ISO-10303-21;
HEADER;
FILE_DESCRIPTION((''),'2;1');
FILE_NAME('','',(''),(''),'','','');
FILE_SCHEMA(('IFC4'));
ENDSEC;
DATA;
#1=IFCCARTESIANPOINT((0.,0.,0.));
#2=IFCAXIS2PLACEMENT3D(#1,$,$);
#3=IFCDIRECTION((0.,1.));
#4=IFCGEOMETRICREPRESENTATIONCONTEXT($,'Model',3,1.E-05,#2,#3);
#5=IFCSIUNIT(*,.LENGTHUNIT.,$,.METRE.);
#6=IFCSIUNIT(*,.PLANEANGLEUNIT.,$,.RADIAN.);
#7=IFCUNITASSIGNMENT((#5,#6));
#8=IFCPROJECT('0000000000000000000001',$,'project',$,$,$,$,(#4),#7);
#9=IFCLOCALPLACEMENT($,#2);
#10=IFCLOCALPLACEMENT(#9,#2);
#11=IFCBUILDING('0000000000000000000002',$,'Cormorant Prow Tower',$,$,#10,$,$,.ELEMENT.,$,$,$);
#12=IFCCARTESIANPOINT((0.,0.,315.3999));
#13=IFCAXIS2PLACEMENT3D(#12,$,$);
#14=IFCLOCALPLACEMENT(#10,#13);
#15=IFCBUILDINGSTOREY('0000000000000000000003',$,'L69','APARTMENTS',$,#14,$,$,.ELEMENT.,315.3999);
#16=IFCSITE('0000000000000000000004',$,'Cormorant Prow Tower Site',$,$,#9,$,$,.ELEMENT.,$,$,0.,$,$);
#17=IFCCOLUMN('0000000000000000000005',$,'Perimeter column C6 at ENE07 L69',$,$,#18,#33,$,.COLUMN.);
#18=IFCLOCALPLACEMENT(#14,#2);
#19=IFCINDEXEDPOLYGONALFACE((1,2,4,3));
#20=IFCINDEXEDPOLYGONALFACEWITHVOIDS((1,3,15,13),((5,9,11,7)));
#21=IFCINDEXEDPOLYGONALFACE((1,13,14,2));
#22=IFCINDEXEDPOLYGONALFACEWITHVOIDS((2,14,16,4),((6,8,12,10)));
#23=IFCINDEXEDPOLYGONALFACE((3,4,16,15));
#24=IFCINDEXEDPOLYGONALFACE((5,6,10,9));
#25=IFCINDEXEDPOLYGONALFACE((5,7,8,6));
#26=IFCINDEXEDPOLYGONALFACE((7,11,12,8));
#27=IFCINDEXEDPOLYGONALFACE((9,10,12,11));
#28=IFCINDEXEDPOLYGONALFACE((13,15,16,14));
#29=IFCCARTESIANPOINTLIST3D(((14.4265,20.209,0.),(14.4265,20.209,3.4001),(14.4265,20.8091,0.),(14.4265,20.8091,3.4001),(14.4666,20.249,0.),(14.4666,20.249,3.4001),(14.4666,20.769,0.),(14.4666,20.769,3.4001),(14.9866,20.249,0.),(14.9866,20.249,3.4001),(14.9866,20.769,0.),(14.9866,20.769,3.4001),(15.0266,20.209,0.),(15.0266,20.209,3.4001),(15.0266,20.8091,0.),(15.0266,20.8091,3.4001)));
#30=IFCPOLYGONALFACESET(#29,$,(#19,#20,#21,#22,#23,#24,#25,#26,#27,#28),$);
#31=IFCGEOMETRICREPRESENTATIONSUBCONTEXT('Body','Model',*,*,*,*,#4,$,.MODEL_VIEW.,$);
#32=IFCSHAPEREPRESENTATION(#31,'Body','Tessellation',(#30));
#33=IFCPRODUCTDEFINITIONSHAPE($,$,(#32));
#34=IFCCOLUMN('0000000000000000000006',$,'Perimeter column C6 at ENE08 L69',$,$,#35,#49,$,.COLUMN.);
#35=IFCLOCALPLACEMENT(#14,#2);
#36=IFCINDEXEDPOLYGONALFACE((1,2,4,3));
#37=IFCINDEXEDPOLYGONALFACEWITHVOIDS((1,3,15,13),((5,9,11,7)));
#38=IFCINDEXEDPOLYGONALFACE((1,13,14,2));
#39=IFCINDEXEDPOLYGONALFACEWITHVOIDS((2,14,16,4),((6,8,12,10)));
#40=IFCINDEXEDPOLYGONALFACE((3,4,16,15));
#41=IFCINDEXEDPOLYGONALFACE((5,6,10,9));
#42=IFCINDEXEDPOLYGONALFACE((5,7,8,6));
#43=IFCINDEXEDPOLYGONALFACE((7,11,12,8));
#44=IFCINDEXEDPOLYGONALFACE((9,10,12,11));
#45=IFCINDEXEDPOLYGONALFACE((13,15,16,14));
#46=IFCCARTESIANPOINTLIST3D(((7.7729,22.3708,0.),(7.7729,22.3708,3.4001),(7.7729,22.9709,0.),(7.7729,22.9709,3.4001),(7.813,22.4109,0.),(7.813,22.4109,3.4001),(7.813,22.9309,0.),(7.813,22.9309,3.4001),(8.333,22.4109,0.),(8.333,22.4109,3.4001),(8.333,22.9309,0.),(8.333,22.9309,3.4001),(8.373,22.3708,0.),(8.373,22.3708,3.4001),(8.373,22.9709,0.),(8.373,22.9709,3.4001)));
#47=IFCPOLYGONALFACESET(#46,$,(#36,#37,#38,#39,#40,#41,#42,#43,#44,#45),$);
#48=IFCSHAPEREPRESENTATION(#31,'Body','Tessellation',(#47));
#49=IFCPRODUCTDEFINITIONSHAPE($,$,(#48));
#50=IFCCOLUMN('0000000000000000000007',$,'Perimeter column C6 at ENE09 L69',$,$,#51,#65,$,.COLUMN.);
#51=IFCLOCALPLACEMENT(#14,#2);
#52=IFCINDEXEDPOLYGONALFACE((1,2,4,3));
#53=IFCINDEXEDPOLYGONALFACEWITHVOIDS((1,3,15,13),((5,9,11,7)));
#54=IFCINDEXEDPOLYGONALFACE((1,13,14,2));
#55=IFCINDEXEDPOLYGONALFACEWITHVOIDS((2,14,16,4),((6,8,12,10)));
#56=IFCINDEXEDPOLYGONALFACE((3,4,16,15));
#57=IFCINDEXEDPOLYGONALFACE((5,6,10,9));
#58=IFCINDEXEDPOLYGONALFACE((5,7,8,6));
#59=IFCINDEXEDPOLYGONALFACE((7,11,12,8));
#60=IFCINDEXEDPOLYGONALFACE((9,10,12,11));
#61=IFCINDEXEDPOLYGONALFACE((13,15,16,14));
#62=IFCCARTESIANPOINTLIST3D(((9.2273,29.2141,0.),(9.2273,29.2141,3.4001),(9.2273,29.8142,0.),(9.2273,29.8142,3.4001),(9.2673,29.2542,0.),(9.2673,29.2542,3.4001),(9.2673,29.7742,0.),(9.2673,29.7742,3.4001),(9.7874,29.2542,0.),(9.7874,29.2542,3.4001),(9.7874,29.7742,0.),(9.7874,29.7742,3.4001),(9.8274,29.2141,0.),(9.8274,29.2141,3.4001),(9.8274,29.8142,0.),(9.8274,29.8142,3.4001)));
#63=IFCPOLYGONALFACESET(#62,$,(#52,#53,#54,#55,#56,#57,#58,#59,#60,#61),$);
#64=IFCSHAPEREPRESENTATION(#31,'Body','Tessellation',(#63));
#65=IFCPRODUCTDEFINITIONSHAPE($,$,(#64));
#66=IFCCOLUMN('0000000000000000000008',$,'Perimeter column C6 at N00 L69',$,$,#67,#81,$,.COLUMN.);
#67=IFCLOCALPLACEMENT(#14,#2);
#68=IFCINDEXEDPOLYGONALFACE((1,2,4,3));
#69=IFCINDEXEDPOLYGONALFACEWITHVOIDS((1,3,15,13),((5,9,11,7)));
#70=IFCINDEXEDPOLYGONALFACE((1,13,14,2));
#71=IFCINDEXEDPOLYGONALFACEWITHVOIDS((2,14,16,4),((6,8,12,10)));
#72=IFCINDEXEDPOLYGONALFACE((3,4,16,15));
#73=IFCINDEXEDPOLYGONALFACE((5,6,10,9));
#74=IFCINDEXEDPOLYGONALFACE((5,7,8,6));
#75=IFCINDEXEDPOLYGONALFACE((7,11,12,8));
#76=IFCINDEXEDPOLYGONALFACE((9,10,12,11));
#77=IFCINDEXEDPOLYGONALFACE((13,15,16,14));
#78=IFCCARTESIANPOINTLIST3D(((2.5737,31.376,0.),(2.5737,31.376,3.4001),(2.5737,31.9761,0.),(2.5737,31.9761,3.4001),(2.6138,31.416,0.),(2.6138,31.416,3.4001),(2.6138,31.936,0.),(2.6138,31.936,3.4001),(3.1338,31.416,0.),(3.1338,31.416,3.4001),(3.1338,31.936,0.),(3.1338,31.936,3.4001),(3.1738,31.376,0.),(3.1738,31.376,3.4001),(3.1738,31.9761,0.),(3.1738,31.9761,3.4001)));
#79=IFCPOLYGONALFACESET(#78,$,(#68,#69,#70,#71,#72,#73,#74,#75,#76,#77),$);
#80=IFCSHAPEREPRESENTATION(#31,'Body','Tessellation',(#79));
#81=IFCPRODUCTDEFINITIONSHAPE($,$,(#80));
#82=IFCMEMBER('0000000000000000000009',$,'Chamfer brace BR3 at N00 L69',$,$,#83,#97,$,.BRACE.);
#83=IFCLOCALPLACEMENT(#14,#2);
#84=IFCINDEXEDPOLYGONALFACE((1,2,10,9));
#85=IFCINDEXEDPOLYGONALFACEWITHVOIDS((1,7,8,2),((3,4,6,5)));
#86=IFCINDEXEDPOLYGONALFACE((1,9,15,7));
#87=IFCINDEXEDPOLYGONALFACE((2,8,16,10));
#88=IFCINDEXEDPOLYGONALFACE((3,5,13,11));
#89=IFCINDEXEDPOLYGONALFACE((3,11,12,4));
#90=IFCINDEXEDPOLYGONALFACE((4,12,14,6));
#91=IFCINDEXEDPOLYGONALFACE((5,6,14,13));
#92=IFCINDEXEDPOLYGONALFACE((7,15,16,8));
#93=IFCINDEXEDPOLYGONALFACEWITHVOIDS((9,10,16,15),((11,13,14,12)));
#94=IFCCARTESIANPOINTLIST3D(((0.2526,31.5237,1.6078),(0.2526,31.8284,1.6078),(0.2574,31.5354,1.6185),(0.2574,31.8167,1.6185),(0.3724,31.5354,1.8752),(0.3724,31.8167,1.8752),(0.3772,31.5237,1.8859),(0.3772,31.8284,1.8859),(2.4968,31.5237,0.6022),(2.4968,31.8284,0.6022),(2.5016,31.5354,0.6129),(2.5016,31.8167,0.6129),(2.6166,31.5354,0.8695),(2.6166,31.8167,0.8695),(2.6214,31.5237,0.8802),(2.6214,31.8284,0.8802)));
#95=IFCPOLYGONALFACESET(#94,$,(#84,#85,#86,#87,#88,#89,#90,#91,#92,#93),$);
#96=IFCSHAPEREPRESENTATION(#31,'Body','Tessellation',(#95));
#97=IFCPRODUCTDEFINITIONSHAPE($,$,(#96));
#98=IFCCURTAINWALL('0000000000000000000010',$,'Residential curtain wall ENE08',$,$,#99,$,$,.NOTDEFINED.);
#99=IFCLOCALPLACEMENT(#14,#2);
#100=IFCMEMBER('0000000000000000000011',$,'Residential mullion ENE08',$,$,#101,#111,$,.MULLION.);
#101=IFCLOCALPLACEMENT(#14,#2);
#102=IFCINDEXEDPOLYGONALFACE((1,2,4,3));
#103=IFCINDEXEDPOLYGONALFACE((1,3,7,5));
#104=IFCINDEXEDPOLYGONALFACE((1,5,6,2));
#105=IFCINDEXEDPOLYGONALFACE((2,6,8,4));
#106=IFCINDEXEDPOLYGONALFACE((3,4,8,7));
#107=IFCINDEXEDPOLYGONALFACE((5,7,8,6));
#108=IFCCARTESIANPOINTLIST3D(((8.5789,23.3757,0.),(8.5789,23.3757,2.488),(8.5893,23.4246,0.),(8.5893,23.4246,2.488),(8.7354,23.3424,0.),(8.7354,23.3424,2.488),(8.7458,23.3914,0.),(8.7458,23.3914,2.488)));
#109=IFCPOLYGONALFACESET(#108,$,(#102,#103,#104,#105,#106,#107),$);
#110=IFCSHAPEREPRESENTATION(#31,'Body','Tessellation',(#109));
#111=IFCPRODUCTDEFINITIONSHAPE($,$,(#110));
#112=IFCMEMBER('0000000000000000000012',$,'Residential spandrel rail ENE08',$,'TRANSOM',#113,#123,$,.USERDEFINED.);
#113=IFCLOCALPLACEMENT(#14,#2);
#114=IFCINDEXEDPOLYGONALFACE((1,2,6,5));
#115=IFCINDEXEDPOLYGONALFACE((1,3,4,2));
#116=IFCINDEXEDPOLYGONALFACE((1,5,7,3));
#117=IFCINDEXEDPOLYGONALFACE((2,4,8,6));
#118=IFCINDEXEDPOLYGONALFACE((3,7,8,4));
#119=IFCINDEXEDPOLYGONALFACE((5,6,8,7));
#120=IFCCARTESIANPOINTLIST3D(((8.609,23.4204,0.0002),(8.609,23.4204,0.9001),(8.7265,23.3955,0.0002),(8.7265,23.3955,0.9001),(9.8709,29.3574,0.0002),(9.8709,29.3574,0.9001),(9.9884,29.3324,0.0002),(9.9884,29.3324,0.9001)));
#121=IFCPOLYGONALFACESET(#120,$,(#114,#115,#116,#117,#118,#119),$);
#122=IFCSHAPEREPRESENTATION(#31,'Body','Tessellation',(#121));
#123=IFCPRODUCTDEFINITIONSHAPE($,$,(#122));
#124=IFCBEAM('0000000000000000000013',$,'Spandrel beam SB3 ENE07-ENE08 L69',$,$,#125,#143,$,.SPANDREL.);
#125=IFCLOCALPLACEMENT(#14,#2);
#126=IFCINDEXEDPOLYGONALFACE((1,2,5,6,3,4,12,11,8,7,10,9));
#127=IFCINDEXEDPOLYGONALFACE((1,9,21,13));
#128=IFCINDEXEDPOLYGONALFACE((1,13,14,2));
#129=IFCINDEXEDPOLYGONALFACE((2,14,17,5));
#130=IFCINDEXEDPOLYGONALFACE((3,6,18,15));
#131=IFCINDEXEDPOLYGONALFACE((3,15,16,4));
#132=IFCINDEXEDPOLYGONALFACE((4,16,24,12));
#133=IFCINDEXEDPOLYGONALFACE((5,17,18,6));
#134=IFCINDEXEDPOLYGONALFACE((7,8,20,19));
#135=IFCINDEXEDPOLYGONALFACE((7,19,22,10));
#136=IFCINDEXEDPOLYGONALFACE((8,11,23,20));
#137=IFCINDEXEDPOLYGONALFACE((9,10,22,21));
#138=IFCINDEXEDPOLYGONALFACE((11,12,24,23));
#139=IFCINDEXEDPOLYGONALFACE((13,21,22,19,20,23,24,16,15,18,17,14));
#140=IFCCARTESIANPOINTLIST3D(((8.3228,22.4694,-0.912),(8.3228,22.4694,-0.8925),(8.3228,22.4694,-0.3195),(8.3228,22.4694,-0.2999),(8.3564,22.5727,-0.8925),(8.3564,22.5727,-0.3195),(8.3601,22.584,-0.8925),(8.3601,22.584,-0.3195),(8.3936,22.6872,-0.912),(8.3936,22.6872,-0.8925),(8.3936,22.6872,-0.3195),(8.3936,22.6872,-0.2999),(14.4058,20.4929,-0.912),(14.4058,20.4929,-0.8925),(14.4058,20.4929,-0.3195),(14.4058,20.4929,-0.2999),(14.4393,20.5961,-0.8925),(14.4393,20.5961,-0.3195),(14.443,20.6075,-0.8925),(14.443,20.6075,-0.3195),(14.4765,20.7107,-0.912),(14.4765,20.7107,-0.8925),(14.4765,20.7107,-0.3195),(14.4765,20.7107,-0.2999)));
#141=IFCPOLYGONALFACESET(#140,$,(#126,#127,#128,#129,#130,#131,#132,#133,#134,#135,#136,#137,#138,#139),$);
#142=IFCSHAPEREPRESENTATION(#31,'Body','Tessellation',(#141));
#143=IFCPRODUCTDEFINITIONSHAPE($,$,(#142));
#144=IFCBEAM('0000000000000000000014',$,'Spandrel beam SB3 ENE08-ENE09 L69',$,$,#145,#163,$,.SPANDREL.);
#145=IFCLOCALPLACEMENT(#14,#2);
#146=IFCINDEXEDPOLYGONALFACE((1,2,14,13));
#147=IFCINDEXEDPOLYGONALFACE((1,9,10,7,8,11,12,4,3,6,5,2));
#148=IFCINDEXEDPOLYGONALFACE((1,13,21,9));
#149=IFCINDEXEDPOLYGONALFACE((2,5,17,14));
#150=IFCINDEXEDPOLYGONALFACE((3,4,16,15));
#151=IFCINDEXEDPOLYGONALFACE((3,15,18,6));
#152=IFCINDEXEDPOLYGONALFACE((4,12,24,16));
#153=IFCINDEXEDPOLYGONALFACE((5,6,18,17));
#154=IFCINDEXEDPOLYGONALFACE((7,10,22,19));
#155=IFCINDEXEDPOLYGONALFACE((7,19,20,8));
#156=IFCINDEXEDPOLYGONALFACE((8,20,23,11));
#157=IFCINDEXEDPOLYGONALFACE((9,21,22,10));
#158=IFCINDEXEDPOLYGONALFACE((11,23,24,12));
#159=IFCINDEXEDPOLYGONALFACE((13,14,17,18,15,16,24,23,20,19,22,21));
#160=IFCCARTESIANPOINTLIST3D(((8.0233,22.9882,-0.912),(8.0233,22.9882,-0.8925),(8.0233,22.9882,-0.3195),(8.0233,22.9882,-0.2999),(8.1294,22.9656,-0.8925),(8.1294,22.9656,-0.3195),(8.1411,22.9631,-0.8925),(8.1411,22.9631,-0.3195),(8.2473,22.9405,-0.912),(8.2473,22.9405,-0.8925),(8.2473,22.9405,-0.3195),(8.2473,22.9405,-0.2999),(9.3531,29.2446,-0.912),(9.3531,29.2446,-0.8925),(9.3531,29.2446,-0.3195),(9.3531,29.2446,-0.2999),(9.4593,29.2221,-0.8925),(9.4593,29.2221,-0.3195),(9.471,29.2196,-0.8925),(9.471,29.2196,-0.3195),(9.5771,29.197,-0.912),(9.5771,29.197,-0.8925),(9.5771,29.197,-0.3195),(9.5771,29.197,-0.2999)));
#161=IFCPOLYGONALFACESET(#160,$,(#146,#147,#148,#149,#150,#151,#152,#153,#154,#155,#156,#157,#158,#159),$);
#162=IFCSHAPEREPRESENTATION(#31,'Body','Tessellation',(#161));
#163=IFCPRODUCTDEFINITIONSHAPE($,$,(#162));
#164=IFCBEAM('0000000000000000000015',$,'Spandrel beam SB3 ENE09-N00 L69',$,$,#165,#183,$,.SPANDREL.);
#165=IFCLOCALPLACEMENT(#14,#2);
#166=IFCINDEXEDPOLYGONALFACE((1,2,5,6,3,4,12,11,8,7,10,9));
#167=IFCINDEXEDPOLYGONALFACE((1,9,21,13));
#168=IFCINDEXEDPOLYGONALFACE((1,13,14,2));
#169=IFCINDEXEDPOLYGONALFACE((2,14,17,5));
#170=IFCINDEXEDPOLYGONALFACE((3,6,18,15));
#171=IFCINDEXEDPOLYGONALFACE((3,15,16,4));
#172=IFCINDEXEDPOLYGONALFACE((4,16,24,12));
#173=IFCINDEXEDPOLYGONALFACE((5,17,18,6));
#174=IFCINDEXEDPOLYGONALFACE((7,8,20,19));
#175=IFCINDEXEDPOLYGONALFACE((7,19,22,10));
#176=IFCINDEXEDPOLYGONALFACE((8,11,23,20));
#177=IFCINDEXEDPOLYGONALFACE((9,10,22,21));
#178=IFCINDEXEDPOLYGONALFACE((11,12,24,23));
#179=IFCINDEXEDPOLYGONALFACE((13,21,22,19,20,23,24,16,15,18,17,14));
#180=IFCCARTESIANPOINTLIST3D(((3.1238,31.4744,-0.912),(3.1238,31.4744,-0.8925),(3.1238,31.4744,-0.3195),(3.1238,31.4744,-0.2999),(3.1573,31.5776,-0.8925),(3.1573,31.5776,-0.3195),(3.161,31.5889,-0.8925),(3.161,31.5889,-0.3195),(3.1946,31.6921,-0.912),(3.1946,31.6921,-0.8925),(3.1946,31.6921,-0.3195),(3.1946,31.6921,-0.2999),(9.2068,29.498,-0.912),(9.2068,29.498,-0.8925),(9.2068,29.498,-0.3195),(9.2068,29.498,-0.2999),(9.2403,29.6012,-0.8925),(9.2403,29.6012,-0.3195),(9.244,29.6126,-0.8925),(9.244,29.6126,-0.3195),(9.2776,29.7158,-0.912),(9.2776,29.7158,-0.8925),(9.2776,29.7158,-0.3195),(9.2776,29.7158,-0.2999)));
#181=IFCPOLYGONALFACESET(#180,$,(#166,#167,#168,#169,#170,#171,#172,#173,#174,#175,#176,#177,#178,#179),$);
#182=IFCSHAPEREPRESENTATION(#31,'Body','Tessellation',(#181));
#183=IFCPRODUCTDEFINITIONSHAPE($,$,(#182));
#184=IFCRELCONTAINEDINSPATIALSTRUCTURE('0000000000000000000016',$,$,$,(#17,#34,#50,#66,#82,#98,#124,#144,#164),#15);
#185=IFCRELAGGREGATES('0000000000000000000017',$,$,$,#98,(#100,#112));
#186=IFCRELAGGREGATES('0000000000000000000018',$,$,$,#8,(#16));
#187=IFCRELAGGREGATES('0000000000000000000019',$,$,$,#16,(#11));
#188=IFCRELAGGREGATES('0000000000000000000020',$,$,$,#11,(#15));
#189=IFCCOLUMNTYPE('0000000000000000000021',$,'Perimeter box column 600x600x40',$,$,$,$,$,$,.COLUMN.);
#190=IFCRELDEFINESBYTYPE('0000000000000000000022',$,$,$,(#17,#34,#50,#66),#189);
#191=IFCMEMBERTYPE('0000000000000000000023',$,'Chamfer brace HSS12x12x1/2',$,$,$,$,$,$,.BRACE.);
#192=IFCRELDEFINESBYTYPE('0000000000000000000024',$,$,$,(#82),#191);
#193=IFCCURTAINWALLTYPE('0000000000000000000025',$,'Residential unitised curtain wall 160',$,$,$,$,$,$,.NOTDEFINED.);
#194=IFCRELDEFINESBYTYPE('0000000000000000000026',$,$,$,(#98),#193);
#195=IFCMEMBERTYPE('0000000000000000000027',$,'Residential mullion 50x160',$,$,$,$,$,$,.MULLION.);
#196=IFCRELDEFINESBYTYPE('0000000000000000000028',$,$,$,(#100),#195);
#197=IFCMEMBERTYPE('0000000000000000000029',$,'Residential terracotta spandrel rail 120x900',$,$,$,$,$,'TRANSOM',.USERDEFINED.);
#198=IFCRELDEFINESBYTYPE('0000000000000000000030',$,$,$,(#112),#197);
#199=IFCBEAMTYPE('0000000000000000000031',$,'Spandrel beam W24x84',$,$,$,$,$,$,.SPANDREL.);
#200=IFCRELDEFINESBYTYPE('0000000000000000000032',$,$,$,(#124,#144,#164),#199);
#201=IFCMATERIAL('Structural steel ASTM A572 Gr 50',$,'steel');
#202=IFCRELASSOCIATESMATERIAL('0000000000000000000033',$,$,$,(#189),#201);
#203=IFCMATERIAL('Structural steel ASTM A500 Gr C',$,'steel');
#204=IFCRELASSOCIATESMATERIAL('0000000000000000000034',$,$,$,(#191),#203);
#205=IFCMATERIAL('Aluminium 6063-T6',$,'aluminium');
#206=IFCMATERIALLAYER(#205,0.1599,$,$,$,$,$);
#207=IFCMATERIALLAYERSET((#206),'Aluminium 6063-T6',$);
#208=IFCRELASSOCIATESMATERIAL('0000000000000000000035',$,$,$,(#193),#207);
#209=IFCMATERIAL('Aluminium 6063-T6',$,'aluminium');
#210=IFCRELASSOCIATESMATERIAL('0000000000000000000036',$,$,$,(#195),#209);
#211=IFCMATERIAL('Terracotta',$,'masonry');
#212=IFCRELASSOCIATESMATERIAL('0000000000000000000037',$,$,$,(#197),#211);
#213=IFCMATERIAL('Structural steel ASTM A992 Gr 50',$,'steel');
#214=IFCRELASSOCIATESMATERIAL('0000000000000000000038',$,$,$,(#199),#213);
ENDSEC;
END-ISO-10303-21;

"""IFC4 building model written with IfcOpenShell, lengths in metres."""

from ifc_helpers import new_model, si_unit, direction, frame, origin, origin_2d, place, context, subcontext, project, spatial, rectangle, hollow_rectangle, i_section, extrude, material, layer, layer_set, material_profile, profile_set, type_object, element, aggregate, save


model = new_model("IFC4")

# Units and contexts
model_context = context("Model", 3, precision=1e-05, world=origin(), true_north=direction((0.0, 1.0)))
body_context = subcontext(model_context, "Body", "Model", "MODEL_VIEW")
ifc_project = project(units=[si_unit("LENGTHUNIT", "METRE"), si_unit("PLANEANGLEUNIT", "RADIAN")], contexts=[model_context])

# Site, building, storey
site_placement = place(None, origin())
site = spatial("IfcSite", under=ifc_project, at=site_placement, Name="Cormorant Prow Tower Site", CompositionType="ELEMENT", RefElevation=0.0)
building_placement = place(site_placement, origin())
building = spatial("IfcBuilding", under=site, at=building_placement, Name="Cormorant Prow Tower", CompositionType="ELEMENT")
storey_placement = place(building_placement, frame((0.0, 0.0, 315.3999)))
storey = spatial("IfcBuildingStorey", under=building, at=storey_placement, Name="L69", Description="APARTMENTS", CompositionType="ELEMENT", Elevation=315.3999)

# Columns
ifc_material_1 = material(Name="Structural steel ASTM A572 Gr 50", Category="steel")
ifc_material_profile_1 = material_profile(ifc_material_1, hollow_rectangle(XDim=0.6001, YDim=0.6001, WallThickness=0.04, at=origin_2d()), Name="Box 600x600x40")
ifc_profile_set_1 = profile_set([ifc_material_profile_1], Name="Structural steel ASTM A572 Gr 50")
column_type = type_object("IfcColumnType", Name="Perimeter box column 600x600x40", PredefinedType="COLUMN", material=ifc_profile_set_1)
for number, where, z_axis, x_axis, name in (
    (1, (14.7266, 20.509, 0.0), (0.0, 0.0, 1.0), (1.0, 0.0, 0.0), "Perimeter column C6 at ENE07 L69"),
    (2, (8.073, 22.6709, 0.0), (0.0, 0.0, 1.0), (1.0, 0.0, 0.0), "Perimeter column C6 at ENE08 L69"),
    (3, (9.5273, 29.5142, 0.0), (0.0, 0.0, 1.0), (1.0, 0.0, 0.0), "Perimeter column C6 at ENE09 L69"),
    (4, (2.8738, 31.676, 0.0), (0.0, 0.0, 1.0), (1.0, 0.0, 0.0), "Perimeter column C6 at N00 L69"),
):
    element("IfcColumn", number, at=place(storey_placement, frame(where, z_axis=z_axis, x_axis=x_axis)), inside=storey, type_object=column_type, Name=name, PredefinedType="COLUMN", context=body_context, shape_type="SweptSolid", body=[
        extrude(hollow_rectangle(XDim=0.6001, YDim=0.6001, WallThickness=0.04, at=origin_2d()), origin(), (0.0, 0.0, 1.0), 3.4001),
    ])

# Member
ifc_material_2 = material(Name="Structural steel ASTM A500 Gr C", Category="steel")
ifc_material_profile_2 = material_profile(ifc_material_2, hollow_rectangle(XDim=0.3047, YDim=0.3047, WallThickness=0.0117, at=origin_2d()), Name="HSS12x12x1/2")
ifc_profile_set_2 = profile_set([ifc_material_profile_2], Name="Structural steel ASTM A500 Gr C")
member_type_1 = type_object("IfcMemberType", Name="Chamfer brace HSS12x12x1/2", PredefinedType="BRACE", material=ifc_profile_set_2)
member_1_placement = place(storey_placement, frame((2.5591, 31.676, 0.7412), z_axis=(-0.912567, 0.0, 0.408928), x_axis=(0.0, -1.0, 0.0)))
element("IfcMember", 5, at=member_1_placement, inside=storey, type_object=member_type_1, Name="Chamfer brace BR3 at N00 L69", PredefinedType="BRACE", context=body_context, shape_type="SweptSolid", body=[
    extrude(hollow_rectangle(XDim=0.3047, YDim=0.3047, WallThickness=0.0117, at=origin_2d()), origin(), (0.0, 0.0, 1.0), 2.4592),
])

# Curtain wall, members
ifc_material_3 = material(Name="Aluminium 6063-T6", Category="aluminium")
ifc_layer_1 = layer(ifc_material_3, 0.1599)
ifc_layer_set_1 = layer_set([ifc_layer_1], Name="Aluminium 6063-T6")
curtain_wall_type = type_object("IfcCurtainWallType", Name="Residential unitised curtain wall 160", PredefinedType="NOTDEFINED", material=ifc_layer_set_1)
curtain_wall_1_placement = place(storey_placement, origin())
curtain_wall_1 = element("IfcCurtainWall", 6, at=curtain_wall_1_placement, inside=storey, type_object=curtain_wall_type, Name="Residential curtain wall ENE08", PredefinedType="NOTDEFINED")
ifc_material_4 = material(Name="Aluminium 6063-T6", Category="aluminium")
ifc_material_profile_3 = material_profile(ifc_material_4, rectangle(XDim=0.1599, YDim=0.05, at=origin_2d()), Name="Residential mullion 50x160")
ifc_profile_set_3 = profile_set([ifc_material_profile_3], Name="Aluminium 6063-T6")
member_type_2 = type_object("IfcMemberType", Name="Residential mullion 50x160", PredefinedType="MULLION", material=ifc_profile_set_3)
member_2_placement = place(storey_placement, frame((8.6624, 23.3835, 0.0), z_axis=(0.0, 0.0, 1.0), x_axis=(-0.978148, 0.207912, 0.0)))
member_2 = element("IfcMember", 7, at=member_2_placement, type_object=member_type_2, Name="Residential mullion ENE08", PredefinedType="MULLION", context=body_context, shape_type="SweptSolid", body=[
    extrude(rectangle(XDim=0.1599, YDim=0.05, at=origin_2d()), origin(), (0.0, 0.0, 1.0), 2.488),
])
ifc_material_5 = material(Name="Terracotta", Category="masonry")
ifc_material_profile_4 = material_profile(ifc_material_5, rectangle(XDim=0.1201, YDim=0.8999, at=origin_2d()), Name="Residential terracotta spandrel rail 120x900")
ifc_profile_set_4 = profile_set([ifc_material_profile_4], Name="Terracotta")
member_type_3 = type_object("IfcMemberType", Name="Residential terracotta spandrel rail 120x900", ElementType="TRANSOM", PredefinedType="USERDEFINED", material=ifc_profile_set_4)
member_3_placement = place(storey_placement, frame((8.6677, 23.408, 0.4502), z_axis=(0.207914, 0.978147, 0.0), x_axis=(-0.978147, 0.207914, 0.0)))
member_3 = element("IfcMember", 8, at=member_3_placement, type_object=member_type_3, Name="Residential spandrel rail ENE08", ObjectType="TRANSOM", PredefinedType="USERDEFINED", context=body_context, shape_type="SweptSolid", body=[
    extrude(rectangle(XDim=0.1201, YDim=0.8999, at=origin_2d()), origin(), (0.0, 0.0, 1.0), 6.0696),
])

# Beams
ifc_material_6 = material(Name="Structural steel ASTM A992 Gr 50", Category="steel")
ifc_material_profile_5 = material_profile(ifc_material_6, i_section(OverallWidth=0.229, OverallDepth=0.6121, WebThickness=0.012, FlangeThickness=0.0195, at=origin_2d()), Name="W24x84")
ifc_profile_set_5 = profile_set([ifc_material_profile_5], Name="Structural steel ASTM A992 Gr 50")
beam_type = type_object("IfcBeamType", Name="Spandrel beam W24x84", PredefinedType="SPANDREL", material=ifc_profile_set_5)
beam_1_placement = place(storey_placement, frame((14.4412, 20.6018, -0.606), z_axis=(-0.951053, 0.309027, 0.0), x_axis=(-0.309027, -0.951053, 0.0)))
element("IfcBeam", 9, at=beam_1_placement, inside=storey, type_object=beam_type, Name="Spandrel beam SB3 ENE07-ENE08 L69", PredefinedType="SPANDREL", context=body_context, shape_type="SweptSolid", body=[
    extrude(i_section(OverallWidth=0.229, OverallDepth=0.6121, WebThickness=0.012, FlangeThickness=0.0195, at=origin_2d()), origin(), (0.0, 0.0, 1.0), 6.396),
])
beam_2_placement = place(storey_placement, frame((8.1353, 22.9644, -0.606), z_axis=(0.207913, 0.978147, 0.0), x_axis=(-0.978147, 0.207913, 0.0)))
element("IfcBeam", 10, at=beam_2_placement, inside=storey, type_object=beam_type, Name="Spandrel beam SB3 ENE08-ENE09 L69", PredefinedType="SPANDREL", context=body_context, shape_type="SweptSolid", body=[
    extrude(i_section(OverallWidth=0.229, OverallDepth=0.6121, WebThickness=0.012, FlangeThickness=0.0195, at=origin_2d()), origin(), (0.0, 0.0, 1.0), 6.3962),
])
beam_3_placement = place(storey_placement, frame((9.2422, 29.6069, -0.606), z_axis=(-0.951064, 0.308993, 0.0), x_axis=(-0.308993, -0.951064, 0.0)))
element("IfcBeam", 11, at=beam_3_placement, inside=storey, type_object=beam_type, Name="Spandrel beam SB3 ENE09-N00 L69", PredefinedType="SPANDREL", context=body_context, shape_type="SweptSolid", body=[
    extrude(i_section(OverallWidth=0.229, OverallDepth=0.6121, WebThickness=0.012, FlangeThickness=0.0195, at=origin_2d()), origin(), (0.0, 0.0, 1.0), 6.396),
])

aggregate(curtain_wall_1, [member_2, member_3])

save(model, "model.ifc")
